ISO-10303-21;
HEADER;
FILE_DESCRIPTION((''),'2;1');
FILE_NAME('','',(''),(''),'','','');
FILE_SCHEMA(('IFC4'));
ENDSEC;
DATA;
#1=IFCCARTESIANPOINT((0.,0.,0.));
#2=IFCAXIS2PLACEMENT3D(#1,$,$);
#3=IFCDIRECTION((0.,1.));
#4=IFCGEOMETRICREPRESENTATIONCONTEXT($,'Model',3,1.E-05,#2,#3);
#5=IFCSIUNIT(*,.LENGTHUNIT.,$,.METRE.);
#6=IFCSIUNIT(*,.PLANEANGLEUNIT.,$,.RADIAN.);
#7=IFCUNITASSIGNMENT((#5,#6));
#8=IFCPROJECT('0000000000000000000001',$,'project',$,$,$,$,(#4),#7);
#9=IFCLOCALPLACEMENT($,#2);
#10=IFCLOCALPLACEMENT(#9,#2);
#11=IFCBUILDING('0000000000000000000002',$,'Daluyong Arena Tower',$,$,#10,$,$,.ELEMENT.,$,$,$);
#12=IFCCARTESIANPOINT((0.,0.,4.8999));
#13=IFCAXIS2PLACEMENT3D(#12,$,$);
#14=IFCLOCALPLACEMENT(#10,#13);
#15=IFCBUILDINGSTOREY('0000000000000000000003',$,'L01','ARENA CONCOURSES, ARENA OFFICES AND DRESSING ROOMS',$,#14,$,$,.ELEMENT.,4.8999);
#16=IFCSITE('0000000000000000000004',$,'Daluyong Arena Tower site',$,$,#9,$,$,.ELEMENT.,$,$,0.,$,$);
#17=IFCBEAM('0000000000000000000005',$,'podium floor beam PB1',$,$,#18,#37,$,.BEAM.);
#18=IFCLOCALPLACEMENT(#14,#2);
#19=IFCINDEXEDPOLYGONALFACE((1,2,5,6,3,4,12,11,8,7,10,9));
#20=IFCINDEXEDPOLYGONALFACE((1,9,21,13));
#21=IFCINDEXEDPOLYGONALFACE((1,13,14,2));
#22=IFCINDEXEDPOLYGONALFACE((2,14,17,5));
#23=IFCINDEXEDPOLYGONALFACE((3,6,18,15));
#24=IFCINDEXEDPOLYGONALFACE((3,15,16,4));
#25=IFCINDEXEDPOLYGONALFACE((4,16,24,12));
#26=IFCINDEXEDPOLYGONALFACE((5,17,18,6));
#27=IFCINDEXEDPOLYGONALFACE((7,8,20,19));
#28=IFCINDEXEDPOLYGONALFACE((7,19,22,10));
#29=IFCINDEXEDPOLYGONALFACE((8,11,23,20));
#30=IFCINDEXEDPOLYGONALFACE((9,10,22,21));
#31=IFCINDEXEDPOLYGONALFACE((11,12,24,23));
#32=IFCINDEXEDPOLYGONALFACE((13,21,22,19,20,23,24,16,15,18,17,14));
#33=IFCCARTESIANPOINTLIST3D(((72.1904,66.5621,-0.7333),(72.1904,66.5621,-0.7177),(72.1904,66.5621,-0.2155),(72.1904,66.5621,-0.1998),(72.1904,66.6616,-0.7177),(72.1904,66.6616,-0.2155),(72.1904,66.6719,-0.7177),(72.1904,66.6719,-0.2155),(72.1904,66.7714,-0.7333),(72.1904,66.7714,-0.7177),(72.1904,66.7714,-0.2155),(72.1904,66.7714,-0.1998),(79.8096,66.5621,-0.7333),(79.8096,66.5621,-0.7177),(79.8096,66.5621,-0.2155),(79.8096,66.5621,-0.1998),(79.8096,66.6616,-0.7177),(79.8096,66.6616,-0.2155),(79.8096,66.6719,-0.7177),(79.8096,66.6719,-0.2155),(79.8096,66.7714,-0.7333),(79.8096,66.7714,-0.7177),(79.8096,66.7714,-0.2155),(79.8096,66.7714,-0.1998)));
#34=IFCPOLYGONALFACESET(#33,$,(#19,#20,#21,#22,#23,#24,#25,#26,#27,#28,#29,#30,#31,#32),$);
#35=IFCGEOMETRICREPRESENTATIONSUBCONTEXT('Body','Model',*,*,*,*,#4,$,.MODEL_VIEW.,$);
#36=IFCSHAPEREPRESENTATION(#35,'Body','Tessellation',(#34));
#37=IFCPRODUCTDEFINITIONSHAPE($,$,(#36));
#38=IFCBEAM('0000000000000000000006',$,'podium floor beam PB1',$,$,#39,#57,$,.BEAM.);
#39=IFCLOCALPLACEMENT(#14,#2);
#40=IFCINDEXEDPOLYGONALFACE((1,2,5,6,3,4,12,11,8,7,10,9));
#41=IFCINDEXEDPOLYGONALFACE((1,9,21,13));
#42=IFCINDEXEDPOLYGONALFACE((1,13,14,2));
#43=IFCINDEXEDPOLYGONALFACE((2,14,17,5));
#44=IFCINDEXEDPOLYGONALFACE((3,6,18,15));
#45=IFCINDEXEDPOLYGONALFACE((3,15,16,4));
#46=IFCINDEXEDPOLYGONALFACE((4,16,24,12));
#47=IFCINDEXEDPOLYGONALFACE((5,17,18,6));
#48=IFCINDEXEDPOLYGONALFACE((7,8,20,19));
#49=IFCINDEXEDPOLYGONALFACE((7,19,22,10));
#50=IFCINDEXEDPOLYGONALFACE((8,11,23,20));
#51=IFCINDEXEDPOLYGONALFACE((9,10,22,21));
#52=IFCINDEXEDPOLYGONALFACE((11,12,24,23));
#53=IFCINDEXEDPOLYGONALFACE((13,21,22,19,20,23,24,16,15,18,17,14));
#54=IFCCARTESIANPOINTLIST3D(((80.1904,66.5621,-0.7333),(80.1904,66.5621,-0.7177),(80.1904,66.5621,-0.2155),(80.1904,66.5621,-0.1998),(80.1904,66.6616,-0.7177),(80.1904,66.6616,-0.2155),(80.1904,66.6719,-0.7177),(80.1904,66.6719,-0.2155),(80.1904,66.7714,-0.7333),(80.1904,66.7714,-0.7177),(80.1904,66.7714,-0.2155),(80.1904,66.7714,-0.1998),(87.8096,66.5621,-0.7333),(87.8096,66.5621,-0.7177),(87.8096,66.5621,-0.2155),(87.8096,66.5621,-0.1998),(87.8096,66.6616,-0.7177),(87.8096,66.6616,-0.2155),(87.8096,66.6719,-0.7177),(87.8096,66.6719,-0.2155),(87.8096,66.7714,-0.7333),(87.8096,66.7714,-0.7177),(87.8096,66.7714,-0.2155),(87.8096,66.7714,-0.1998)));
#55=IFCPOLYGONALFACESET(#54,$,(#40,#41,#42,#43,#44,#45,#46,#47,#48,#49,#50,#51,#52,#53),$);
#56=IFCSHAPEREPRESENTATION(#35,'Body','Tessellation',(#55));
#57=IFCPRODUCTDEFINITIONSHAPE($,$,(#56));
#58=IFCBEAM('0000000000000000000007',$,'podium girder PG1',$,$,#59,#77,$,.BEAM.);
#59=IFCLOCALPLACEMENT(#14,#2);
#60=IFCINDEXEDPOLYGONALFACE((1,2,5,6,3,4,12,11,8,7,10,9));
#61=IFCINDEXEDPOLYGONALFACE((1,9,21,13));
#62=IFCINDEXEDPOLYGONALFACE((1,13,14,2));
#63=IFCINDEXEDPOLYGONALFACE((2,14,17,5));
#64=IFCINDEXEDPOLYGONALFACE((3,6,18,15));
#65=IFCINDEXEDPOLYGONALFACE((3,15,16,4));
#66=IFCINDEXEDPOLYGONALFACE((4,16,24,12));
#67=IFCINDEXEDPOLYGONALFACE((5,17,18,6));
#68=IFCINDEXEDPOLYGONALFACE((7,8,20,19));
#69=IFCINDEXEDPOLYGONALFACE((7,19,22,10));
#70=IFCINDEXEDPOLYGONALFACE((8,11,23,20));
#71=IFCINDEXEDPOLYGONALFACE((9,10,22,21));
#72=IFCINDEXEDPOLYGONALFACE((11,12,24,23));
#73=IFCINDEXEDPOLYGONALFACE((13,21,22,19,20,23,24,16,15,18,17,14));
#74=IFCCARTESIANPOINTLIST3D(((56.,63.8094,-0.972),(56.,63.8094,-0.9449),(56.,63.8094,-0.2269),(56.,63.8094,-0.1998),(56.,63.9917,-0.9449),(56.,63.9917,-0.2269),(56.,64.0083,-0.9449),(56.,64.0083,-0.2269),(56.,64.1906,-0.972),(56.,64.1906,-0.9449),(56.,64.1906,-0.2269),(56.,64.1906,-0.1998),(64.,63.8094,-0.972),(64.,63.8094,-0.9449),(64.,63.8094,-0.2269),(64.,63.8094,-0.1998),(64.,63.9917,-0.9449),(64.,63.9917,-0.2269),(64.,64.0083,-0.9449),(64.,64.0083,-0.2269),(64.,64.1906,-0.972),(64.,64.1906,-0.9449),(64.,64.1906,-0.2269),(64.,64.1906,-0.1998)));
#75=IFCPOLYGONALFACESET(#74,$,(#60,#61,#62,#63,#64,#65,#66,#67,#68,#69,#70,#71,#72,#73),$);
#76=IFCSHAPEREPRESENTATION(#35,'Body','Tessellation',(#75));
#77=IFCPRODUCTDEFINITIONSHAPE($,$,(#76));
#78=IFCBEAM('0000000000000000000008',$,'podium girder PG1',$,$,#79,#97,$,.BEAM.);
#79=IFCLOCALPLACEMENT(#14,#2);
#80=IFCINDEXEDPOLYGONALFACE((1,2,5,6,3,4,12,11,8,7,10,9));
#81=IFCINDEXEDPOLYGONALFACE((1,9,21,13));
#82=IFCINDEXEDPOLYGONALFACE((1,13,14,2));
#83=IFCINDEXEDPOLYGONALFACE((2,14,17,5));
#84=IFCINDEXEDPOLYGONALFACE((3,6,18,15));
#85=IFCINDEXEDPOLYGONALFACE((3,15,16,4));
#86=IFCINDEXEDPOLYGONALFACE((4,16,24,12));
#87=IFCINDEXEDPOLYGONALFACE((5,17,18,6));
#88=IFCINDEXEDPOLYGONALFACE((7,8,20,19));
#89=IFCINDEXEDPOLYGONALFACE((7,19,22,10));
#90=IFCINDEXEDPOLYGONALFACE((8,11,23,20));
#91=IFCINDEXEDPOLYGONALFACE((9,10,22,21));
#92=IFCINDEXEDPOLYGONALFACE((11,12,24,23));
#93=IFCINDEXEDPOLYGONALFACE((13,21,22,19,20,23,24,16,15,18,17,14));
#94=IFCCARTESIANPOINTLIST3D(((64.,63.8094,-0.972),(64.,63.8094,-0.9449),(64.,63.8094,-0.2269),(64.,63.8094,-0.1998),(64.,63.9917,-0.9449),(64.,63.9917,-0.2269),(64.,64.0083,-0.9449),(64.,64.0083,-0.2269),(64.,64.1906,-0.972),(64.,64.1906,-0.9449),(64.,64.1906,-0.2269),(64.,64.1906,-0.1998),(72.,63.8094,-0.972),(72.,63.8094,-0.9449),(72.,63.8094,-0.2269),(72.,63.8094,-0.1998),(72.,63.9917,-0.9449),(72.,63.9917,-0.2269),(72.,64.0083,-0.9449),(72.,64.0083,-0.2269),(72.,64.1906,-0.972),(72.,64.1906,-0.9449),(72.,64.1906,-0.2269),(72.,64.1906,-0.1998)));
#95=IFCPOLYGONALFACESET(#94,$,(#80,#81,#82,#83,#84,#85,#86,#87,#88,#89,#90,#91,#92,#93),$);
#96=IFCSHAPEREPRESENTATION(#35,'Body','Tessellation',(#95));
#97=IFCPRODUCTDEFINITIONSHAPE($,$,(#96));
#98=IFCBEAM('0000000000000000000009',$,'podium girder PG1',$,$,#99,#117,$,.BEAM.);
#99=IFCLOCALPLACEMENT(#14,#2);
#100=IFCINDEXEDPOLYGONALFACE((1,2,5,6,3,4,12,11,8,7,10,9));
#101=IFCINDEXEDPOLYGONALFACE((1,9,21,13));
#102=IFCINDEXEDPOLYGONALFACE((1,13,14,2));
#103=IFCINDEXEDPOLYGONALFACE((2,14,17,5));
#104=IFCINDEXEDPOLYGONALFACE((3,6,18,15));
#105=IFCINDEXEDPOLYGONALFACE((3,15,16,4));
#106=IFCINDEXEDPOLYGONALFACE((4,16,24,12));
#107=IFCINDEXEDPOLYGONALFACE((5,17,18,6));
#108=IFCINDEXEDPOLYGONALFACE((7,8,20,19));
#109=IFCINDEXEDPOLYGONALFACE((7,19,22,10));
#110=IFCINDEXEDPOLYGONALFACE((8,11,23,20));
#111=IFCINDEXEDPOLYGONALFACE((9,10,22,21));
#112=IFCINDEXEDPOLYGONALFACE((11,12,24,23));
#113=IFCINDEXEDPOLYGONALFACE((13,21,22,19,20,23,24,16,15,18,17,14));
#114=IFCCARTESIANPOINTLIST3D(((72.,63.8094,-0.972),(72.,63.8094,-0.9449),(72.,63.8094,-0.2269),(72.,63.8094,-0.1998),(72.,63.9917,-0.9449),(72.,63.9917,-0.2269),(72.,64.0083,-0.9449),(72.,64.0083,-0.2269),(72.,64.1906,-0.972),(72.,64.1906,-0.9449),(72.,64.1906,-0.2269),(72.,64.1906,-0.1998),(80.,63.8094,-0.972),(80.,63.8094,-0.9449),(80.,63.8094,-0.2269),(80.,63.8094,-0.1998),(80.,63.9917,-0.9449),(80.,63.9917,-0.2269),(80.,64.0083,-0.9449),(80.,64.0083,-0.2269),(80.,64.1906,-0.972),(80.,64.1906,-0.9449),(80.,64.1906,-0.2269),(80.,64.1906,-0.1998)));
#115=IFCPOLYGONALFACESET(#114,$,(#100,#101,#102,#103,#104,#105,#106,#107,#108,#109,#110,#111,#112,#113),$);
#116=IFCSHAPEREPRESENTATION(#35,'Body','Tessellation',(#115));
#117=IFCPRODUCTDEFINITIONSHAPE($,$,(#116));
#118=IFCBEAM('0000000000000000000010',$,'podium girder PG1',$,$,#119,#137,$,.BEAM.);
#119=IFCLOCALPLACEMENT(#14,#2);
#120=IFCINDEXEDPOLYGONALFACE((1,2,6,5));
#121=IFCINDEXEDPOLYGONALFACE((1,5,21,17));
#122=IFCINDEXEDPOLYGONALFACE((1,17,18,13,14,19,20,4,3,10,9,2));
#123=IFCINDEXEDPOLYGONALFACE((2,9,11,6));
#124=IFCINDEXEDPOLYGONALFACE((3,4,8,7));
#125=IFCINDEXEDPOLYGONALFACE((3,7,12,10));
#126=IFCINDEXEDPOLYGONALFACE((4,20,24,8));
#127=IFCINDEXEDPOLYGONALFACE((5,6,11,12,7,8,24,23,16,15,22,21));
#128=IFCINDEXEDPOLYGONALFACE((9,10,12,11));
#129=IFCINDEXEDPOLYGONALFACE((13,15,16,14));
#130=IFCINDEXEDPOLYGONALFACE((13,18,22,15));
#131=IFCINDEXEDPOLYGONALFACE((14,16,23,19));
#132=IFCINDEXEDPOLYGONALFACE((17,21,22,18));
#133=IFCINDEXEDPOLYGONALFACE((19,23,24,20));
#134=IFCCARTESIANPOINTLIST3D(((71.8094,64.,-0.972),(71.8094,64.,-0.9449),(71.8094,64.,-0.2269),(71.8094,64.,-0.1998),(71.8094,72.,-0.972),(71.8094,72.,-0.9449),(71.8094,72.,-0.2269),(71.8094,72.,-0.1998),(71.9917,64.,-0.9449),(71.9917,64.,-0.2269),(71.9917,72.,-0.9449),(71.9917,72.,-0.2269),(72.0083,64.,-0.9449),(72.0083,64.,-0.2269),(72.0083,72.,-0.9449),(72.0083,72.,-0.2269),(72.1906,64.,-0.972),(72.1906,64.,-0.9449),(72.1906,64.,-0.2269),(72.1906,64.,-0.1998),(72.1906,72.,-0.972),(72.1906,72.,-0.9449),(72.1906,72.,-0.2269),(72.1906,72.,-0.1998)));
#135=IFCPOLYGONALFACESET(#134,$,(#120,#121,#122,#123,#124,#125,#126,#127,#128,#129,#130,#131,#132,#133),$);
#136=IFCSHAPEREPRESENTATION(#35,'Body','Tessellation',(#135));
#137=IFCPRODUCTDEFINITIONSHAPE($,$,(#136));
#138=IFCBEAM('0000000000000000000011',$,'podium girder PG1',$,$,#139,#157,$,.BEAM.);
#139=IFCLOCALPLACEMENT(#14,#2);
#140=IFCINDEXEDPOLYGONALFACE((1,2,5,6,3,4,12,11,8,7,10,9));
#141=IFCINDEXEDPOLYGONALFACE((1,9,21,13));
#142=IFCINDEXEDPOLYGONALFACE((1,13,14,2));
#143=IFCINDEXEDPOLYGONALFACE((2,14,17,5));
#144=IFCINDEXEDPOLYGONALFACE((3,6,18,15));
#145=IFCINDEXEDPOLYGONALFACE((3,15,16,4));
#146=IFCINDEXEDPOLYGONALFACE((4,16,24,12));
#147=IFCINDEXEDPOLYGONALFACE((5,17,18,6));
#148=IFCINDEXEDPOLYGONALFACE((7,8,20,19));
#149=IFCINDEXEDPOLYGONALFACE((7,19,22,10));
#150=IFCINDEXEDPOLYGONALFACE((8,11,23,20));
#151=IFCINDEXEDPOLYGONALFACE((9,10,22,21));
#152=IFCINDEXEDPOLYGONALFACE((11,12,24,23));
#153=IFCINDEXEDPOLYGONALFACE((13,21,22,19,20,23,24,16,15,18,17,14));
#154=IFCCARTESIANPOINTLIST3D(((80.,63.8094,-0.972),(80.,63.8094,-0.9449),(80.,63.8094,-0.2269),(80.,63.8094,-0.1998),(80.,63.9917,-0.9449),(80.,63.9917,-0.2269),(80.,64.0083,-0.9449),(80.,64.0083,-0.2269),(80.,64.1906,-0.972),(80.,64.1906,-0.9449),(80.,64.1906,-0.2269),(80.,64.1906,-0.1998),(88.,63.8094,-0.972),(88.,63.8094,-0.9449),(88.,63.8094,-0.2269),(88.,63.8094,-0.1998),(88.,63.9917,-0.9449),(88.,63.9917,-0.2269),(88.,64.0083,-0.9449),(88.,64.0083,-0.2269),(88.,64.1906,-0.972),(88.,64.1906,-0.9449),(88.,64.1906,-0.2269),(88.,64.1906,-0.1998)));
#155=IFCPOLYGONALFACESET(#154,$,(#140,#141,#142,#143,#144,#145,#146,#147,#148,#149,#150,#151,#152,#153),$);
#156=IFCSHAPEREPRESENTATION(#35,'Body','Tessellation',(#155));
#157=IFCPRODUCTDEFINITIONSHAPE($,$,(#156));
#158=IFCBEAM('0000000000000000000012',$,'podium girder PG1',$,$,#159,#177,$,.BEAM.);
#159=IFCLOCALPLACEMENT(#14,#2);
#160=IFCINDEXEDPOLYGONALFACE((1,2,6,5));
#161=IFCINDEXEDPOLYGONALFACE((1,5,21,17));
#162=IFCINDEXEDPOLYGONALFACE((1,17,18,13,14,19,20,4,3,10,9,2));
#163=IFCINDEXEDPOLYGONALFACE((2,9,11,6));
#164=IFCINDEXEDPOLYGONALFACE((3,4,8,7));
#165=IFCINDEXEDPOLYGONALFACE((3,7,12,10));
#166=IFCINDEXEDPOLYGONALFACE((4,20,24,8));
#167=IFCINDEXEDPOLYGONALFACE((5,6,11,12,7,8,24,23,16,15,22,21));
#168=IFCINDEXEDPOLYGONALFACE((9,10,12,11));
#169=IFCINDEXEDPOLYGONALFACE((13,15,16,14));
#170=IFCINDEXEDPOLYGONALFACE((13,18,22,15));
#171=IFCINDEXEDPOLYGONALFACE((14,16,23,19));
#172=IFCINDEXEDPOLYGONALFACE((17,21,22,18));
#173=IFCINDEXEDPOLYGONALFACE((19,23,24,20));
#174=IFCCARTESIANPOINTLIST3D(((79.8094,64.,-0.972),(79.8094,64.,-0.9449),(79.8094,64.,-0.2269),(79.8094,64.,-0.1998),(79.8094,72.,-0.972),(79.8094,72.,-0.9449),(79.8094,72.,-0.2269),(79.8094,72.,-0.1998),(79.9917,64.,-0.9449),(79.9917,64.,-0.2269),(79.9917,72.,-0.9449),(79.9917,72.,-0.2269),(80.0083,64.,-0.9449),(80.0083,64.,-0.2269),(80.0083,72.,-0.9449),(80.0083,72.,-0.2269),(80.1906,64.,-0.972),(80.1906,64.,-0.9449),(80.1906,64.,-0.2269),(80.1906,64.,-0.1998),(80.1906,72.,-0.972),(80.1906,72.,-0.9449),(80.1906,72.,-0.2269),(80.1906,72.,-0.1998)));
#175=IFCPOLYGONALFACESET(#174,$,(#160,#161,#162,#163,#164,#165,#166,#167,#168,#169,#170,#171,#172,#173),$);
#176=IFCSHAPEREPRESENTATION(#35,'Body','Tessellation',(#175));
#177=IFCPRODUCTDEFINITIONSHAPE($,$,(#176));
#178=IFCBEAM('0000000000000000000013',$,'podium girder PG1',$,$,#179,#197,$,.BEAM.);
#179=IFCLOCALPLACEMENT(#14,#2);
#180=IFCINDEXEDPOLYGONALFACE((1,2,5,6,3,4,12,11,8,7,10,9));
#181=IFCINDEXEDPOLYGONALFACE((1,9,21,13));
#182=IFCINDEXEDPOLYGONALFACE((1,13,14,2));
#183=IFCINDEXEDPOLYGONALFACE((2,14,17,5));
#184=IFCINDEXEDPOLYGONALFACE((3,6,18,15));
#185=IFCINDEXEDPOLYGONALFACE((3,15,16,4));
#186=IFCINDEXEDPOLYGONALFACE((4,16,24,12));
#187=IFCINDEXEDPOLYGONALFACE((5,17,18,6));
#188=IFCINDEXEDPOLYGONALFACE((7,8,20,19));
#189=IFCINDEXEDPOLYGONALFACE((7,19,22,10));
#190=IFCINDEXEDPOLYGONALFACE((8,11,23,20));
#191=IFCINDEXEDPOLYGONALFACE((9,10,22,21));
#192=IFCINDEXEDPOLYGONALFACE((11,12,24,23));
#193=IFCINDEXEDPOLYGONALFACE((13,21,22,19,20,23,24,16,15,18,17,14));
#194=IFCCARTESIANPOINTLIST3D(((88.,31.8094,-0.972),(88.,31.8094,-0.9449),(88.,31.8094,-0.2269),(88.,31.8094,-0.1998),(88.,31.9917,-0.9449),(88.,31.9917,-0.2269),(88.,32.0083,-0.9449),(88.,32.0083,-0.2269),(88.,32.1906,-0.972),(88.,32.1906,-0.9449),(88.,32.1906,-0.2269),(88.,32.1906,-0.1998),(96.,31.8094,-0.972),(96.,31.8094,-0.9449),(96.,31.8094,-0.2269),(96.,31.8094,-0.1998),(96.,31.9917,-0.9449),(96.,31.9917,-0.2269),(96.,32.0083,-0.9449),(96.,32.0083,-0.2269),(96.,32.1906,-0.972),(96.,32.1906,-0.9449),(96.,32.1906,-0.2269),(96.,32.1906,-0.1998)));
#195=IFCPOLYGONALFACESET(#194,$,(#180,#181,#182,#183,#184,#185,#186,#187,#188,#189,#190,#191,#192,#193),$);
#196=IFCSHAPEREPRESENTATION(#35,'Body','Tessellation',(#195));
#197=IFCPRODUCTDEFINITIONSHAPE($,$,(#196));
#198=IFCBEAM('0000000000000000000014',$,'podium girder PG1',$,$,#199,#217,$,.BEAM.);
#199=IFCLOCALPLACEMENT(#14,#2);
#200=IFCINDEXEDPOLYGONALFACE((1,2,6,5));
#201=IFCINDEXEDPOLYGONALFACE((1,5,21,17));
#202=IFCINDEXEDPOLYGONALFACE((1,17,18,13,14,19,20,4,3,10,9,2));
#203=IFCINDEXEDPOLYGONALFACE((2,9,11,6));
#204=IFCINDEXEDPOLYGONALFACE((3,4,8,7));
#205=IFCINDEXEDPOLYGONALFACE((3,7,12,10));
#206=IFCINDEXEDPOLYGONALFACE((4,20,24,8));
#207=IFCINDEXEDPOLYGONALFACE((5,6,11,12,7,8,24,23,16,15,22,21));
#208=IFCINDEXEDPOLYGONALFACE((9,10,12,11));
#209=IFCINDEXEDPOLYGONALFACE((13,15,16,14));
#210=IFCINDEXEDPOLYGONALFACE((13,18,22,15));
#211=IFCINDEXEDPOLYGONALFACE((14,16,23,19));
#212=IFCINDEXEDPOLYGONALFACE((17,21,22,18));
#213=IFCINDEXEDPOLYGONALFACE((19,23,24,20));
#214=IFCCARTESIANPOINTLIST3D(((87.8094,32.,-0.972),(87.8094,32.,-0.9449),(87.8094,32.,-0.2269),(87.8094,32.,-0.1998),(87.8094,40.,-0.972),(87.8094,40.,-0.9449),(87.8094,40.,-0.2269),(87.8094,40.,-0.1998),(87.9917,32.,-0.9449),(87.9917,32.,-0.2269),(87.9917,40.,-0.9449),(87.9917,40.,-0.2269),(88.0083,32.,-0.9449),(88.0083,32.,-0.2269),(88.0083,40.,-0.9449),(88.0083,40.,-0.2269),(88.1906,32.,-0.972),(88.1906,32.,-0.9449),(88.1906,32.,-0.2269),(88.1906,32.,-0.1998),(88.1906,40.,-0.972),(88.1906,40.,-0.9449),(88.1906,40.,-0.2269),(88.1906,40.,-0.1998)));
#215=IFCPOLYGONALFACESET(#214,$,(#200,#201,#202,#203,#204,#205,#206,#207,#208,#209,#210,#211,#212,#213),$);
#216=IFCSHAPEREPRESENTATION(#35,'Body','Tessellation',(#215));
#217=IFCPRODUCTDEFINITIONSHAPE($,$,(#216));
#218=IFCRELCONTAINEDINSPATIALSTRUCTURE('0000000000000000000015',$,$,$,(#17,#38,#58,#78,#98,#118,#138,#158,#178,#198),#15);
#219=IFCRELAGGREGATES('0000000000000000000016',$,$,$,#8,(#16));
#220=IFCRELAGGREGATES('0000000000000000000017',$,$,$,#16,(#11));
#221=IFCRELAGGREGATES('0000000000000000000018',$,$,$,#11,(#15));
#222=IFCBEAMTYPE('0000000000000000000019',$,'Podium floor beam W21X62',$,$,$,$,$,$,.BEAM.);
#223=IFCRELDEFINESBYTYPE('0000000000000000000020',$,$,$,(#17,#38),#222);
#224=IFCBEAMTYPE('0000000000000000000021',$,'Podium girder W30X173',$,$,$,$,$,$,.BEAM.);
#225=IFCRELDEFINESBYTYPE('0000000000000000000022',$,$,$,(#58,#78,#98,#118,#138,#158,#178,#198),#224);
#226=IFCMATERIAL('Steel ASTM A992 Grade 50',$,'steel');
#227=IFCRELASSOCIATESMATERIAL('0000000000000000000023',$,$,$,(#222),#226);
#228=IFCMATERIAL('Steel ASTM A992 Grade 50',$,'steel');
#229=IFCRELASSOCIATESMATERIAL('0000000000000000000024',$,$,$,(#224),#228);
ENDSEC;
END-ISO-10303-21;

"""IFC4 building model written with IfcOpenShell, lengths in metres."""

from ifc_helpers import new_model, si_unit, direction, frame, origin, origin_2d, place, context, subcontext, project, spatial, i_section, extrude, material, material_profile, profile_set, type_object, element, save


model = new_model("IFC4")

# Units and contexts
model_context = context("Model", 3, precision=1e-05, world=origin(), true_north=direction((0.0, 1.0)))
body_context = subcontext(model_context, "Body", "Model", "MODEL_VIEW")
ifc_project = project(units=[si_unit("LENGTHUNIT", "METRE"), si_unit("PLANEANGLEUNIT", "RADIAN")], contexts=[model_context])

# Site, building, storey
site_placement = place(None, origin())
site = spatial("IfcSite", under=ifc_project, at=site_placement, Name="Daluyong Arena Tower site", CompositionType="ELEMENT", RefElevation=0.0)
building_placement = place(site_placement, origin())
building = spatial("IfcBuilding", under=site, at=building_placement, Name="Daluyong Arena Tower", CompositionType="ELEMENT")
storey_placement = place(building_placement, frame((0.0, 0.0, 4.8999)))
storey = spatial("IfcBuildingStorey", under=building, at=storey_placement, Name="L01", Description="ARENA CONCOURSES, ARENA OFFICES AND DRESSING ROOMS", CompositionType="ELEMENT", Elevation=4.8999)

# Beams
ifc_material_1 = material(Name="Steel ASTM A992 Grade 50", Category="steel")
ifc_material_profile_1 = material_profile(ifc_material_1, i_section(OverallWidth=0.2092, OverallDepth=0.5334, WebThickness=0.0103, FlangeThickness=0.0156, at=origin_2d()))
ifc_profile_set_1 = profile_set([ifc_material_profile_1], Name="Steel ASTM A992 Grade 50")
beam_type_1 = type_object("IfcBeamType", Name="Podium floor beam W21X62", PredefinedType="BEAM", material=ifc_profile_set_1)
for number, where, z_axis, x_axis, name in (
    (1, (72.1904, 66.6667, -0.4666), (1.0, 0.0, 0.0), (0.0, 1.0, 0.0), "podium floor beam PB1"),
    (2, (80.1904, 66.6667, -0.4666), (1.0, 0.0, 0.0), (0.0, 1.0, 0.0), "podium floor beam PB1"),
):
    element("IfcBeam", number, at=place(storey_placement, frame(where, z_axis=z_axis, x_axis=x_axis)), inside=storey, type_object=beam_type_1, Name=name, PredefinedType="BEAM", context=body_context, shape_type="SweptSolid", body=[
        extrude(i_section(OverallWidth=0.2092, OverallDepth=0.5334, WebThickness=0.0103, FlangeThickness=0.0156, at=origin_2d()), origin(), (0.0, 0.0, 1.0), 7.6191),
    ])
ifc_material_2 = material(Name="Steel ASTM A992 Grade 50", Category="steel")
ifc_material_profile_2 = material_profile(ifc_material_2, i_section(OverallWidth=0.3811, OverallDepth=0.7722, WebThickness=0.0166, FlangeThickness=0.0271, at=origin_2d()))
ifc_profile_set_2 = profile_set([ifc_material_profile_2], Name="Steel ASTM A992 Grade 50")
beam_type_2 = type_object("IfcBeamType", Name="Podium girder W30X173", PredefinedType="BEAM", material=ifc_profile_set_2)
for number, where, z_axis, x_axis, name in (
    (3, (56.0, 64.0, -0.5859), (1.0, 0.0, 0.0), (0.0, 1.0, 0.0), "podium girder PG1"),
    (4, (64.0, 64.0, -0.5859), (1.0, 0.0, 0.0), (0.0, 1.0, 0.0), "podium girder PG1"),
    (5, (72.0, 64.0, -0.5859), (1.0, 0.0, 0.0), (0.0, 1.0, 0.0), "podium girder PG1"),
    (6, (72.0, 64.0, -0.5859), (0.0, 1.0, 0.0), (-1.0, 0.0, 0.0), "podium girder PG1"),
    (7, (80.0, 64.0, -0.5859), (1.0, 0.0, 0.0), (0.0, 1.0, 0.0), "podium girder PG1"),
    (8, (80.0, 64.0, -0.5859), (0.0, 1.0, 0.0), (-1.0, 0.0, 0.0), "podium girder PG1"),
    (9, (88.0, 32.0, -0.5859), (1.0, 0.0, 0.0), (0.0, 1.0, 0.0), "podium girder PG1"),
    (10, (88.0, 32.0, -0.5859), (0.0, 1.0, 0.0), (-1.0, 0.0, 0.0), "podium girder PG1"),
):
    element("IfcBeam", number, at=place(storey_placement, frame(where, z_axis=z_axis, x_axis=x_axis)), inside=storey, type_object=beam_type_2, Name=name, PredefinedType="BEAM", context=body_context, shape_type="SweptSolid", body=[
        extrude(i_section(OverallWidth=0.3811, OverallDepth=0.7722, WebThickness=0.0166, FlangeThickness=0.0271, at=origin_2d()), origin(), (0.0, 0.0, 1.0), 8.0),
    ])

save(model, "model.ifc")
